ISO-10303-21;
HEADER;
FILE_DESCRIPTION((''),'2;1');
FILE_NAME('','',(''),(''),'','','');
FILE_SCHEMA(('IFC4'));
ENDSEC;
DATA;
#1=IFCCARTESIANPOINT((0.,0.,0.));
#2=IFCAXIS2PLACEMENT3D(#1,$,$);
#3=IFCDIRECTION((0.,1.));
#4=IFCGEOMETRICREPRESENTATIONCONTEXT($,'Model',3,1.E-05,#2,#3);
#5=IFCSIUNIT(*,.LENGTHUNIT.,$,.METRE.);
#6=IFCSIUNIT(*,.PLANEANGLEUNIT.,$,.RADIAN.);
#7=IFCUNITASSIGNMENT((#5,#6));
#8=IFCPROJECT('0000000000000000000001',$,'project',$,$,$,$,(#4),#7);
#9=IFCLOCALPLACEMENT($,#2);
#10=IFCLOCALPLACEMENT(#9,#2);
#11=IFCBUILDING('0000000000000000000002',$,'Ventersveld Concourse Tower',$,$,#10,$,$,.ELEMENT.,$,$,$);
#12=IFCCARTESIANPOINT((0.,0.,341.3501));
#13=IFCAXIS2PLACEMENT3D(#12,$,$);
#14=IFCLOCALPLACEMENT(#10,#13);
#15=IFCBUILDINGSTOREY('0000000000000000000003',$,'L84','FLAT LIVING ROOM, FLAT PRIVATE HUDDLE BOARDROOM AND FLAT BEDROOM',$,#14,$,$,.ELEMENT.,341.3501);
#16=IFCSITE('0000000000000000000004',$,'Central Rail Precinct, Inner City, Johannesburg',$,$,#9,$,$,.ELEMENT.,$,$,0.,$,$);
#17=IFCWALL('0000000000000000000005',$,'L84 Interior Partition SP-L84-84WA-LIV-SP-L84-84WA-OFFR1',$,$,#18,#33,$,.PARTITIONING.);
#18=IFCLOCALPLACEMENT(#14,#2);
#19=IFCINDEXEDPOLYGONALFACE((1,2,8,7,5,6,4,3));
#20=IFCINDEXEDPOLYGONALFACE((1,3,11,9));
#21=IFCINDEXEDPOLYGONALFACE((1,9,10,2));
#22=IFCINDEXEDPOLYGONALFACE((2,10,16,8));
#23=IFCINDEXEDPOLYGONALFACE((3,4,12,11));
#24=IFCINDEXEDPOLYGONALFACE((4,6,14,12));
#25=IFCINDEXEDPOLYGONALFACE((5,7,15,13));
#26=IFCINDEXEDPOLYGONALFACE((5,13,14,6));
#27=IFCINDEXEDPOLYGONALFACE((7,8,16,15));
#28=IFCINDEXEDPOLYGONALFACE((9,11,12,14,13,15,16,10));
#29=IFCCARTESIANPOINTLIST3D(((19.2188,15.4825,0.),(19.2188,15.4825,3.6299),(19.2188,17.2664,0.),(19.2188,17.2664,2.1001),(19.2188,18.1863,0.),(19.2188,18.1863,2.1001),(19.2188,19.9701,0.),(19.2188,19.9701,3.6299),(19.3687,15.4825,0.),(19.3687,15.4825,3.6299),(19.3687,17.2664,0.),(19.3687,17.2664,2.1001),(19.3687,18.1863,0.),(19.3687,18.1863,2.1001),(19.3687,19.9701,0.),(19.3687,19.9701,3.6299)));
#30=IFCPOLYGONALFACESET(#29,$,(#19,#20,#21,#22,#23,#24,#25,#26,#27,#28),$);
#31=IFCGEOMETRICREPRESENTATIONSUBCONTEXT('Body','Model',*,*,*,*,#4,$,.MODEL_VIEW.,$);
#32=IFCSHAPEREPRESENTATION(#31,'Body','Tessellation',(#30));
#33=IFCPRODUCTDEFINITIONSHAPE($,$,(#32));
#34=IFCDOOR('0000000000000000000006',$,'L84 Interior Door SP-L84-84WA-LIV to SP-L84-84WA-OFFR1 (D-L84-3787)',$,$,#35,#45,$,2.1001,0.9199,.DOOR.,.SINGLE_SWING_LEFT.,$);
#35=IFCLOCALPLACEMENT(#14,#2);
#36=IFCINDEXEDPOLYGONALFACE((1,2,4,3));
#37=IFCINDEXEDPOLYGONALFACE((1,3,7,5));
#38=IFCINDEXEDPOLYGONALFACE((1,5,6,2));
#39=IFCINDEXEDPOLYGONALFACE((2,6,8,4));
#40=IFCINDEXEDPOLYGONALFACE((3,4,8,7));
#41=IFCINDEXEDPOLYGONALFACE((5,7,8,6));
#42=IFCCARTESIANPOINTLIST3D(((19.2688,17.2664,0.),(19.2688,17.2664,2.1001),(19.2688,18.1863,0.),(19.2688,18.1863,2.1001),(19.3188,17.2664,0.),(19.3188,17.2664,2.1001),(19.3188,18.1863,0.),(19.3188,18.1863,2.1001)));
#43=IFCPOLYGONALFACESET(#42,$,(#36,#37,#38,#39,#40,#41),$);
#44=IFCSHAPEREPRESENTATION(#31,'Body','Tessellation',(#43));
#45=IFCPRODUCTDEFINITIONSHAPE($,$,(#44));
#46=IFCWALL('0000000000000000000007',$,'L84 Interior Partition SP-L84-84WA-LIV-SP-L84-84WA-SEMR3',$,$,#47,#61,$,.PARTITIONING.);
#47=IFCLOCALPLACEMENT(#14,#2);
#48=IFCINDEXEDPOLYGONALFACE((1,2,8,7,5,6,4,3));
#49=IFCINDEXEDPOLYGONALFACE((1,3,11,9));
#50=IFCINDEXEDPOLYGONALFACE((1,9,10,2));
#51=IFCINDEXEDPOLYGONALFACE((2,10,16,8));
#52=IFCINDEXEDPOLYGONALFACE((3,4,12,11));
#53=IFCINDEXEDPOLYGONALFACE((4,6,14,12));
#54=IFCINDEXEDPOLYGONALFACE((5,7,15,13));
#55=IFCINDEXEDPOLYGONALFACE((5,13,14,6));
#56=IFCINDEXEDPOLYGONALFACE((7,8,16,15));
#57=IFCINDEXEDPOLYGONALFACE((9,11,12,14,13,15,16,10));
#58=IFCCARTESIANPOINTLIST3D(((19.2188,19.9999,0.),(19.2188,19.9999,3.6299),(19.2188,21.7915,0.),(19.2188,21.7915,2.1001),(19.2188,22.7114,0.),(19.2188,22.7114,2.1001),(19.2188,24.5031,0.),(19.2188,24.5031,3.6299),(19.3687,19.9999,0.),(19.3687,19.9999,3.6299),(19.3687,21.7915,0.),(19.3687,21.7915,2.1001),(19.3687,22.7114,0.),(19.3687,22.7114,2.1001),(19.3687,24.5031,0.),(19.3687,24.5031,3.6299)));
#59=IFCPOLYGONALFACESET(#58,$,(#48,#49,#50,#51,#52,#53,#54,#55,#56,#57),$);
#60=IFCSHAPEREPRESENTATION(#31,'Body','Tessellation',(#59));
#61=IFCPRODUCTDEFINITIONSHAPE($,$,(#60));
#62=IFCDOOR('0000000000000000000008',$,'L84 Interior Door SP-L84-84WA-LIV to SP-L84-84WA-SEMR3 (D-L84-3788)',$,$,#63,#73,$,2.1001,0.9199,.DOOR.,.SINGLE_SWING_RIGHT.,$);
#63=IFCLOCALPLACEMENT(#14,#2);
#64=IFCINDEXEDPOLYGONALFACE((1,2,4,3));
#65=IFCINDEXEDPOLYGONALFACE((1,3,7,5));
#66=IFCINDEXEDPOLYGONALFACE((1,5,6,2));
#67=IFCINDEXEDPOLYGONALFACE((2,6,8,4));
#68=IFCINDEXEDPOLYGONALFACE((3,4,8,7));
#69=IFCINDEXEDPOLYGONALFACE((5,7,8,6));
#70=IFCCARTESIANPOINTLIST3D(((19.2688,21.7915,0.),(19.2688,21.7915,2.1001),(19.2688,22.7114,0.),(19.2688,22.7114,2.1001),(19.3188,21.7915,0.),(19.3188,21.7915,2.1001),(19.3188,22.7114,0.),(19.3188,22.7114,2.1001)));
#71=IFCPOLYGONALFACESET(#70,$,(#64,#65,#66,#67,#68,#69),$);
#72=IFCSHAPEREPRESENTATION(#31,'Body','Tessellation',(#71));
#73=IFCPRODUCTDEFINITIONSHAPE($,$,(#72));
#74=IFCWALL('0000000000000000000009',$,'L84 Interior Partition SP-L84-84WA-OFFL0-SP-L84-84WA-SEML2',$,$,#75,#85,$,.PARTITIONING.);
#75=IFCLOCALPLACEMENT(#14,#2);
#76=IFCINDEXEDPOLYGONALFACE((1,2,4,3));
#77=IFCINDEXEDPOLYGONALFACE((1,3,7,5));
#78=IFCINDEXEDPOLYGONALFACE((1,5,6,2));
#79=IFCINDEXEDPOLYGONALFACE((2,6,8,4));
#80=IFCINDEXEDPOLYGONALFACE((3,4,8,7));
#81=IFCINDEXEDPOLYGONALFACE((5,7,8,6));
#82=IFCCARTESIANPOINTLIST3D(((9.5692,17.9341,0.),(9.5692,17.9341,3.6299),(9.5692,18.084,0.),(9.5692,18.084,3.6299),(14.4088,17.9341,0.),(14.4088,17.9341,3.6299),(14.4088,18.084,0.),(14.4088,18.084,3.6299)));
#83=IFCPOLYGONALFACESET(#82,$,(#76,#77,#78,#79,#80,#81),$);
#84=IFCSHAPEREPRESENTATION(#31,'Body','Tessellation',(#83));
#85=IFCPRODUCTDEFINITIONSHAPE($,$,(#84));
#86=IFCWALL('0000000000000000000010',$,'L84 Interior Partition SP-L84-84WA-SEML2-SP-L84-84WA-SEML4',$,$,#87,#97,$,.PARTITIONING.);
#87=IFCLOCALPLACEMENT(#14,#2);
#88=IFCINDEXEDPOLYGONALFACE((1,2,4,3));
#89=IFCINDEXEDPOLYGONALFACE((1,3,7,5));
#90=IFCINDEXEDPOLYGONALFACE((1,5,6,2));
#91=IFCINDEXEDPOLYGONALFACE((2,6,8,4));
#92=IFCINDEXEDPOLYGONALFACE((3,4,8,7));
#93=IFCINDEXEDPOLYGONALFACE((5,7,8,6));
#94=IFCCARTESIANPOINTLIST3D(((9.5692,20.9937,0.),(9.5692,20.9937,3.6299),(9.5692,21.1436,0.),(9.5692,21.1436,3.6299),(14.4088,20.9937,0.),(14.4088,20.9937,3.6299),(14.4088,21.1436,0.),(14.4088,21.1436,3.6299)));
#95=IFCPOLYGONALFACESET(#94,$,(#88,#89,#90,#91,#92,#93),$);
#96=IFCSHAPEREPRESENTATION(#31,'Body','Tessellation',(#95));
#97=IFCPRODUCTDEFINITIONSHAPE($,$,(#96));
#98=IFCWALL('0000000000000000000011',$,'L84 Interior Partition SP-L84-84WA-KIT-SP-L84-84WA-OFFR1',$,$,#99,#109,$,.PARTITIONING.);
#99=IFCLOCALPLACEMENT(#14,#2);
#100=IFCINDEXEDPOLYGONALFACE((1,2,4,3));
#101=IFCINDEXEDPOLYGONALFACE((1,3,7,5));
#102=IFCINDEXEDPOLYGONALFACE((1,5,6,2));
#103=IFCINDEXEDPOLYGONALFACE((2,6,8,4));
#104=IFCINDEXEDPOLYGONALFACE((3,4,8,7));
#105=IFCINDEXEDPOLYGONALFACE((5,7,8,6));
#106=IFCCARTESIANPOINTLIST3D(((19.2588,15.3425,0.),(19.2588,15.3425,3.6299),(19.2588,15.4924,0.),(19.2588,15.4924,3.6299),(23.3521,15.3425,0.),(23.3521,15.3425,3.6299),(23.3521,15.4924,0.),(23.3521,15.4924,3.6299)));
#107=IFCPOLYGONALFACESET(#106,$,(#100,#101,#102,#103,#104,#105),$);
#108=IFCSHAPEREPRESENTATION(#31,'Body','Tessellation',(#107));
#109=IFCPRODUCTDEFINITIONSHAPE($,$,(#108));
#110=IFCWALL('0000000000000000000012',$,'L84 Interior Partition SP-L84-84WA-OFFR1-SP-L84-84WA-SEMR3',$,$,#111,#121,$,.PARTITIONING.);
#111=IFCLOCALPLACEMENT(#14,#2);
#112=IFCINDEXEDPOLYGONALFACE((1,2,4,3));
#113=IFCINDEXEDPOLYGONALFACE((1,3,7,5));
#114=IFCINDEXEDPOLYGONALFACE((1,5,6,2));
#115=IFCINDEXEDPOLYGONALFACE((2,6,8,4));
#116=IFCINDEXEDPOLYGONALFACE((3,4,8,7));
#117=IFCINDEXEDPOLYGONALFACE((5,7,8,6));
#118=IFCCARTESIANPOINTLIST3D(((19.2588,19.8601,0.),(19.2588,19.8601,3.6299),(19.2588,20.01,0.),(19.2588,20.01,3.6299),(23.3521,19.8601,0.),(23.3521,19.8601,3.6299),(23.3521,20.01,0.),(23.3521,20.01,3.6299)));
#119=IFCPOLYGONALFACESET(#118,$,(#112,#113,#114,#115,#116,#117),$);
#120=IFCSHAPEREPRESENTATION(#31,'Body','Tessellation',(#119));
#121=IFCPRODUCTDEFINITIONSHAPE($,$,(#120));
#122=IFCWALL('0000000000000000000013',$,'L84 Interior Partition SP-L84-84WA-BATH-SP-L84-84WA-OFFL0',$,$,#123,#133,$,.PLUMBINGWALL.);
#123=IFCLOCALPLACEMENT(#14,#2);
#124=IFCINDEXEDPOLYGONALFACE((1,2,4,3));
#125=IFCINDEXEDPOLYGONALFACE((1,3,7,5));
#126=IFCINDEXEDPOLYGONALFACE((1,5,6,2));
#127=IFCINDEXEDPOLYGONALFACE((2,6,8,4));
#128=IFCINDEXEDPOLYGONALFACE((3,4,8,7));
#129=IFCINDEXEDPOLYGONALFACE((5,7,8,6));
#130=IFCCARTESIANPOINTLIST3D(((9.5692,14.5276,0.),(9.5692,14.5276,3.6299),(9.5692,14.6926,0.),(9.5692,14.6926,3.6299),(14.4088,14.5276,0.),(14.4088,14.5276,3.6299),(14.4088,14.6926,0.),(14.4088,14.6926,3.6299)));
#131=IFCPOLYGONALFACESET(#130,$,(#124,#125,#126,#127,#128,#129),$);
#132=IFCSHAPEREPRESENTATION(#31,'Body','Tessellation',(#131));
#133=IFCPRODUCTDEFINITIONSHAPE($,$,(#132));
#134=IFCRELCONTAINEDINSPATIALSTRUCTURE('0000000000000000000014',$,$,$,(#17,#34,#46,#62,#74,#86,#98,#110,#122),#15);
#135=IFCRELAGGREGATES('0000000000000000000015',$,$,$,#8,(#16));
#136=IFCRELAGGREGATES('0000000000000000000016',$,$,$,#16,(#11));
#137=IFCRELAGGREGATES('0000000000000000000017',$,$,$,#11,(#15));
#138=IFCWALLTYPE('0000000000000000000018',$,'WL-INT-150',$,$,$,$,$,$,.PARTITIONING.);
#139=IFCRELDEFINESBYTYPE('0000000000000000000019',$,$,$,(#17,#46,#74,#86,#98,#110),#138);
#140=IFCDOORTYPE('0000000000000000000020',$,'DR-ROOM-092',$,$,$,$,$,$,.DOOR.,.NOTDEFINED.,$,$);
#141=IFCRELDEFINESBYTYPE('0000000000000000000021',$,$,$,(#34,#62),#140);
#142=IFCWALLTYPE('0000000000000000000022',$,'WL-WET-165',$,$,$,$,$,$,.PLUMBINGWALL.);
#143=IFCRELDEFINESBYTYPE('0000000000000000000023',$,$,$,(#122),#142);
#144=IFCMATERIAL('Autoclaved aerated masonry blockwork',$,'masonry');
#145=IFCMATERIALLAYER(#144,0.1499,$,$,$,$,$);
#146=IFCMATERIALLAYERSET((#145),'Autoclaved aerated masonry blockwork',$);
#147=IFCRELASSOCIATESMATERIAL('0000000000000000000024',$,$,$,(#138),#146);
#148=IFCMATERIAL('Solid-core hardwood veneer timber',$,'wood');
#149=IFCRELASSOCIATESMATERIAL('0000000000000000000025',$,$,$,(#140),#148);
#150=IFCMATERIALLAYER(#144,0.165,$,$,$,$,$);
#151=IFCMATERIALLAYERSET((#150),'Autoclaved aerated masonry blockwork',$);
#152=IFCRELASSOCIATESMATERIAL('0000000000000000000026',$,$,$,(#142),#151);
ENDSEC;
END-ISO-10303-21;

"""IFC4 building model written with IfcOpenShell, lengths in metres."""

from ifc_helpers import new_model, si_unit, direction, frame, frame_2d, origin, place, context, subcontext, project, spatial, rectangle, extrude, material, layer, layer_set, type_object, element, fill, save


model = new_model("IFC4")

# Units and contexts
model_context = context("Model", 3, precision=1e-05, world=origin(), true_north=direction((0.0, 1.0)))
body_context = subcontext(model_context, "Body", "Model", "MODEL_VIEW")
ifc_project = project(units=[si_unit("LENGTHUNIT", "METRE"), si_unit("PLANEANGLEUNIT", "RADIAN")], contexts=[model_context])

# Site, building, storey
site_placement = place(None, origin())
site = spatial("IfcSite", under=ifc_project, at=site_placement, Name="Central Rail Precinct, Inner City, Johannesburg", CompositionType="ELEMENT", RefElevation=0.0)
building_placement = place(site_placement, origin())
building = spatial("IfcBuilding", under=site, at=building_placement, Name="Ventersveld Concourse Tower", CompositionType="ELEMENT")
storey_placement = place(building_placement, frame((0.0, 0.0, 341.3501)))
storey = spatial("IfcBuildingStorey", under=building, at=storey_placement, Name="L84", Description="FLAT LIVING ROOM, FLAT PRIVATE HUDDLE BOARDROOM AND FLAT BEDROOM", CompositionType="ELEMENT", Elevation=341.3501)

# Shared definitions
ifc_material_1 = material(Name="Autoclaved aerated masonry blockwork", Category="masonry")
ifc_layer_1 = layer(ifc_material_1, 0.1499)
ifc_layer_set_1 = layer_set([ifc_layer_1], Name="Autoclaved aerated masonry blockwork")
wall_type_1 = type_object("IfcWallType", Name="WL-INT-150", PredefinedType="PARTITIONING", material=ifc_layer_set_1)
ifc_material_2 = material(Name="Solid-core hardwood veneer timber", Category="wood")
door_type = type_object("IfcDoorType", Name="DR-ROOM-092", OperationType="NOTDEFINED", PredefinedType="DOOR", material=ifc_material_2)

# Walls, openings, doors
wall_1_placement = place(storey_placement, frame((19.2937, 15.4827, 0.0), z_axis=(0.0, 0.0, 1.0), x_axis=(0.0, 1.0, 0.0)))
wall_1 = element("IfcWall", 1, at=wall_1_placement, inside=storey, type_object=wall_type_1, Name="L84 Interior Partition SP-L84-84WA-LIV-SP-L84-84WA-OFFR1", PredefinedType="PARTITIONING", context=body_context, shape_type="SweptSolid", body=[
    extrude(rectangle(XDim=4.4875, YDim=0.1499, at=frame_2d((2.2437, 0.0))), origin(), (0.0, 0.0, 1.0), 3.6299),
])
opening_1_placement = place(wall_1_placement, frame((1.7837, 0.0, 0.0)))
opening_1 = element("IfcOpeningElement", 2, at=opening_1_placement, cuts=wall_1, PredefinedType="OPENING", context=body_context, shape_type="SweptSolid", body=[
    extrude(rectangle(XDim=0.9199, YDim=2.1001, at=frame_2d((0.46, 1.05))), frame((0.0, 0.085, 0.0), z_axis=(0.0, -1.0, 0.0), x_axis=(1.0, 0.0, 0.0)), (0.0, 0.0, 1.0), 0.1699),
])
door_1_placement = place(opening_1_placement, origin())
door_1 = element("IfcDoor", 3, at=door_1_placement, inside=storey, type_object=door_type, Name="L84 Interior Door SP-L84-84WA-LIV to SP-L84-84WA-OFFR1 (D-L84-3787)", OperationType="SINGLE_SWING_LEFT", OverallHeight=2.1001, OverallWidth=0.9199, PredefinedType="DOOR", context=body_context, shape_type="SweptSolid", body=[
    extrude(rectangle(XDim=0.9199, YDim=2.1001, at=frame_2d((0.46, 1.05))), frame((0.0, 0.0249, 0.0), z_axis=(0.0, -1.0, 0.0), x_axis=(1.0, 0.0, 0.0)), (0.0, 0.0, 1.0), 0.05),
])
fill(opening_1, door_1)
wall_2_placement = place(storey_placement, frame((19.2937, 20.0, 0.0), z_axis=(0.0, 0.0, 1.0), x_axis=(0.0, 1.0, 0.0)))
wall_2 = element("IfcWall", 4, at=wall_2_placement, inside=storey, type_object=wall_type_1, Name="L84 Interior Partition SP-L84-84WA-LIV-SP-L84-84WA-SEMR3", PredefinedType="PARTITIONING", context=body_context, shape_type="SweptSolid", body=[
    extrude(rectangle(XDim=4.5032, YDim=0.1499, at=frame_2d((2.2515, 0.0))), origin(), (0.0, 0.0, 1.0), 3.6299),
])
opening_2_placement = place(wall_2_placement, frame((1.7915, 0.0, 0.0)))
opening_2 = element("IfcOpeningElement", 5, at=opening_2_placement, cuts=wall_2, PredefinedType="OPENING", context=body_context, shape_type="SweptSolid", body=[
    extrude(rectangle(XDim=0.9199, YDim=2.1001, at=frame_2d((0.46, 1.05))), frame((0.0, 0.085, 0.0), z_axis=(0.0, -1.0, 0.0), x_axis=(1.0, 0.0, 0.0)), (0.0, 0.0, 1.0), 0.1699),
])
door_2_placement = place(opening_2_placement, origin())
door_2 = element("IfcDoor", 6, at=door_2_placement, inside=storey, type_object=door_type, Name="L84 Interior Door SP-L84-84WA-LIV to SP-L84-84WA-SEMR3 (D-L84-3788)", OperationType="SINGLE_SWING_RIGHT", OverallHeight=2.1001, OverallWidth=0.9199, PredefinedType="DOOR", context=body_context, shape_type="SweptSolid", body=[
    extrude(rectangle(XDim=0.9199, YDim=2.1001, at=frame_2d((0.46, 1.05))), frame((0.0, 0.0249, 0.0), z_axis=(0.0, -1.0, 0.0), x_axis=(1.0, 0.0, 0.0)), (0.0, 0.0, 1.0), 0.05),
])
fill(opening_2, door_2)

# Walls
for number, where, z_axis, x_axis, name in (
    (7, (9.5691, 18.009, 0.0), (0.0, 0.0, 1.0), (1.0, 0.0, 0.0), "L84 Interior Partition SP-L84-84WA-OFFL0-SP-L84-84WA-SEML2"),
    (8, (9.5691, 21.0686, 0.0), (0.0, 0.0, 1.0), (1.0, 0.0, 0.0), "L84 Interior Partition SP-L84-84WA-SEML2-SP-L84-84WA-SEML4"),
):
    element("IfcWall", number, at=place(storey_placement, frame(where, z_axis=z_axis, x_axis=x_axis)), inside=storey, type_object=wall_type_1, Name=name, PredefinedType="PARTITIONING", context=body_context, shape_type="SweptSolid", body=[
        extrude(rectangle(XDim=4.8396, YDim=0.1499, at=frame_2d((2.4199, 0.0))), origin(), (0.0, 0.0, 1.0), 3.6299),
    ])
for number, where, z_axis, x_axis, name in (
    (9, (19.2588, 15.4175, 0.0), (0.0, 0.0, 1.0), (1.0, 0.0, 0.0), "L84 Interior Partition SP-L84-84WA-KIT-SP-L84-84WA-OFFR1"),
    (10, (19.2588, 19.9351, 0.0), (0.0, 0.0, 1.0), (1.0, 0.0, 0.0), "L84 Interior Partition SP-L84-84WA-OFFR1-SP-L84-84WA-SEMR3"),
):
    element("IfcWall", number, at=place(storey_placement, frame(where, z_axis=z_axis, x_axis=x_axis)), inside=storey, type_object=wall_type_1, Name=name, PredefinedType="PARTITIONING", context=body_context, shape_type="SweptSolid", body=[
        extrude(rectangle(XDim=4.0933, YDim=0.1499, at=frame_2d((2.0466, 0.0))), origin(), (0.0, 0.0, 1.0), 3.6299),
    ])
ifc_layer_2 = layer(ifc_material_1, 0.165)
ifc_layer_set_2 = layer_set([ifc_layer_2], Name="Autoclaved aerated masonry blockwork")
wall_type_2 = type_object("IfcWallType", Name="WL-WET-165", PredefinedType="PLUMBINGWALL", material=ifc_layer_set_2)
wall_3_placement = place(storey_placement, frame((9.5691, 14.6101, 0.0), z_axis=(0.0, 0.0, 1.0), x_axis=(1.0, 0.0, 0.0)))
element("IfcWall", 11, at=wall_3_placement, inside=storey, type_object=wall_type_2, Name="L84 Interior Partition SP-L84-84WA-BATH-SP-L84-84WA-OFFL0", PredefinedType="PLUMBINGWALL", context=body_context, shape_type="SweptSolid", body=[
    extrude(rectangle(XDim=4.8396, YDim=0.165, at=frame_2d((2.4199, 0.0))), origin(), (0.0, 0.0, 1.0), 3.6299),
])

save(model, "model.ifc")
